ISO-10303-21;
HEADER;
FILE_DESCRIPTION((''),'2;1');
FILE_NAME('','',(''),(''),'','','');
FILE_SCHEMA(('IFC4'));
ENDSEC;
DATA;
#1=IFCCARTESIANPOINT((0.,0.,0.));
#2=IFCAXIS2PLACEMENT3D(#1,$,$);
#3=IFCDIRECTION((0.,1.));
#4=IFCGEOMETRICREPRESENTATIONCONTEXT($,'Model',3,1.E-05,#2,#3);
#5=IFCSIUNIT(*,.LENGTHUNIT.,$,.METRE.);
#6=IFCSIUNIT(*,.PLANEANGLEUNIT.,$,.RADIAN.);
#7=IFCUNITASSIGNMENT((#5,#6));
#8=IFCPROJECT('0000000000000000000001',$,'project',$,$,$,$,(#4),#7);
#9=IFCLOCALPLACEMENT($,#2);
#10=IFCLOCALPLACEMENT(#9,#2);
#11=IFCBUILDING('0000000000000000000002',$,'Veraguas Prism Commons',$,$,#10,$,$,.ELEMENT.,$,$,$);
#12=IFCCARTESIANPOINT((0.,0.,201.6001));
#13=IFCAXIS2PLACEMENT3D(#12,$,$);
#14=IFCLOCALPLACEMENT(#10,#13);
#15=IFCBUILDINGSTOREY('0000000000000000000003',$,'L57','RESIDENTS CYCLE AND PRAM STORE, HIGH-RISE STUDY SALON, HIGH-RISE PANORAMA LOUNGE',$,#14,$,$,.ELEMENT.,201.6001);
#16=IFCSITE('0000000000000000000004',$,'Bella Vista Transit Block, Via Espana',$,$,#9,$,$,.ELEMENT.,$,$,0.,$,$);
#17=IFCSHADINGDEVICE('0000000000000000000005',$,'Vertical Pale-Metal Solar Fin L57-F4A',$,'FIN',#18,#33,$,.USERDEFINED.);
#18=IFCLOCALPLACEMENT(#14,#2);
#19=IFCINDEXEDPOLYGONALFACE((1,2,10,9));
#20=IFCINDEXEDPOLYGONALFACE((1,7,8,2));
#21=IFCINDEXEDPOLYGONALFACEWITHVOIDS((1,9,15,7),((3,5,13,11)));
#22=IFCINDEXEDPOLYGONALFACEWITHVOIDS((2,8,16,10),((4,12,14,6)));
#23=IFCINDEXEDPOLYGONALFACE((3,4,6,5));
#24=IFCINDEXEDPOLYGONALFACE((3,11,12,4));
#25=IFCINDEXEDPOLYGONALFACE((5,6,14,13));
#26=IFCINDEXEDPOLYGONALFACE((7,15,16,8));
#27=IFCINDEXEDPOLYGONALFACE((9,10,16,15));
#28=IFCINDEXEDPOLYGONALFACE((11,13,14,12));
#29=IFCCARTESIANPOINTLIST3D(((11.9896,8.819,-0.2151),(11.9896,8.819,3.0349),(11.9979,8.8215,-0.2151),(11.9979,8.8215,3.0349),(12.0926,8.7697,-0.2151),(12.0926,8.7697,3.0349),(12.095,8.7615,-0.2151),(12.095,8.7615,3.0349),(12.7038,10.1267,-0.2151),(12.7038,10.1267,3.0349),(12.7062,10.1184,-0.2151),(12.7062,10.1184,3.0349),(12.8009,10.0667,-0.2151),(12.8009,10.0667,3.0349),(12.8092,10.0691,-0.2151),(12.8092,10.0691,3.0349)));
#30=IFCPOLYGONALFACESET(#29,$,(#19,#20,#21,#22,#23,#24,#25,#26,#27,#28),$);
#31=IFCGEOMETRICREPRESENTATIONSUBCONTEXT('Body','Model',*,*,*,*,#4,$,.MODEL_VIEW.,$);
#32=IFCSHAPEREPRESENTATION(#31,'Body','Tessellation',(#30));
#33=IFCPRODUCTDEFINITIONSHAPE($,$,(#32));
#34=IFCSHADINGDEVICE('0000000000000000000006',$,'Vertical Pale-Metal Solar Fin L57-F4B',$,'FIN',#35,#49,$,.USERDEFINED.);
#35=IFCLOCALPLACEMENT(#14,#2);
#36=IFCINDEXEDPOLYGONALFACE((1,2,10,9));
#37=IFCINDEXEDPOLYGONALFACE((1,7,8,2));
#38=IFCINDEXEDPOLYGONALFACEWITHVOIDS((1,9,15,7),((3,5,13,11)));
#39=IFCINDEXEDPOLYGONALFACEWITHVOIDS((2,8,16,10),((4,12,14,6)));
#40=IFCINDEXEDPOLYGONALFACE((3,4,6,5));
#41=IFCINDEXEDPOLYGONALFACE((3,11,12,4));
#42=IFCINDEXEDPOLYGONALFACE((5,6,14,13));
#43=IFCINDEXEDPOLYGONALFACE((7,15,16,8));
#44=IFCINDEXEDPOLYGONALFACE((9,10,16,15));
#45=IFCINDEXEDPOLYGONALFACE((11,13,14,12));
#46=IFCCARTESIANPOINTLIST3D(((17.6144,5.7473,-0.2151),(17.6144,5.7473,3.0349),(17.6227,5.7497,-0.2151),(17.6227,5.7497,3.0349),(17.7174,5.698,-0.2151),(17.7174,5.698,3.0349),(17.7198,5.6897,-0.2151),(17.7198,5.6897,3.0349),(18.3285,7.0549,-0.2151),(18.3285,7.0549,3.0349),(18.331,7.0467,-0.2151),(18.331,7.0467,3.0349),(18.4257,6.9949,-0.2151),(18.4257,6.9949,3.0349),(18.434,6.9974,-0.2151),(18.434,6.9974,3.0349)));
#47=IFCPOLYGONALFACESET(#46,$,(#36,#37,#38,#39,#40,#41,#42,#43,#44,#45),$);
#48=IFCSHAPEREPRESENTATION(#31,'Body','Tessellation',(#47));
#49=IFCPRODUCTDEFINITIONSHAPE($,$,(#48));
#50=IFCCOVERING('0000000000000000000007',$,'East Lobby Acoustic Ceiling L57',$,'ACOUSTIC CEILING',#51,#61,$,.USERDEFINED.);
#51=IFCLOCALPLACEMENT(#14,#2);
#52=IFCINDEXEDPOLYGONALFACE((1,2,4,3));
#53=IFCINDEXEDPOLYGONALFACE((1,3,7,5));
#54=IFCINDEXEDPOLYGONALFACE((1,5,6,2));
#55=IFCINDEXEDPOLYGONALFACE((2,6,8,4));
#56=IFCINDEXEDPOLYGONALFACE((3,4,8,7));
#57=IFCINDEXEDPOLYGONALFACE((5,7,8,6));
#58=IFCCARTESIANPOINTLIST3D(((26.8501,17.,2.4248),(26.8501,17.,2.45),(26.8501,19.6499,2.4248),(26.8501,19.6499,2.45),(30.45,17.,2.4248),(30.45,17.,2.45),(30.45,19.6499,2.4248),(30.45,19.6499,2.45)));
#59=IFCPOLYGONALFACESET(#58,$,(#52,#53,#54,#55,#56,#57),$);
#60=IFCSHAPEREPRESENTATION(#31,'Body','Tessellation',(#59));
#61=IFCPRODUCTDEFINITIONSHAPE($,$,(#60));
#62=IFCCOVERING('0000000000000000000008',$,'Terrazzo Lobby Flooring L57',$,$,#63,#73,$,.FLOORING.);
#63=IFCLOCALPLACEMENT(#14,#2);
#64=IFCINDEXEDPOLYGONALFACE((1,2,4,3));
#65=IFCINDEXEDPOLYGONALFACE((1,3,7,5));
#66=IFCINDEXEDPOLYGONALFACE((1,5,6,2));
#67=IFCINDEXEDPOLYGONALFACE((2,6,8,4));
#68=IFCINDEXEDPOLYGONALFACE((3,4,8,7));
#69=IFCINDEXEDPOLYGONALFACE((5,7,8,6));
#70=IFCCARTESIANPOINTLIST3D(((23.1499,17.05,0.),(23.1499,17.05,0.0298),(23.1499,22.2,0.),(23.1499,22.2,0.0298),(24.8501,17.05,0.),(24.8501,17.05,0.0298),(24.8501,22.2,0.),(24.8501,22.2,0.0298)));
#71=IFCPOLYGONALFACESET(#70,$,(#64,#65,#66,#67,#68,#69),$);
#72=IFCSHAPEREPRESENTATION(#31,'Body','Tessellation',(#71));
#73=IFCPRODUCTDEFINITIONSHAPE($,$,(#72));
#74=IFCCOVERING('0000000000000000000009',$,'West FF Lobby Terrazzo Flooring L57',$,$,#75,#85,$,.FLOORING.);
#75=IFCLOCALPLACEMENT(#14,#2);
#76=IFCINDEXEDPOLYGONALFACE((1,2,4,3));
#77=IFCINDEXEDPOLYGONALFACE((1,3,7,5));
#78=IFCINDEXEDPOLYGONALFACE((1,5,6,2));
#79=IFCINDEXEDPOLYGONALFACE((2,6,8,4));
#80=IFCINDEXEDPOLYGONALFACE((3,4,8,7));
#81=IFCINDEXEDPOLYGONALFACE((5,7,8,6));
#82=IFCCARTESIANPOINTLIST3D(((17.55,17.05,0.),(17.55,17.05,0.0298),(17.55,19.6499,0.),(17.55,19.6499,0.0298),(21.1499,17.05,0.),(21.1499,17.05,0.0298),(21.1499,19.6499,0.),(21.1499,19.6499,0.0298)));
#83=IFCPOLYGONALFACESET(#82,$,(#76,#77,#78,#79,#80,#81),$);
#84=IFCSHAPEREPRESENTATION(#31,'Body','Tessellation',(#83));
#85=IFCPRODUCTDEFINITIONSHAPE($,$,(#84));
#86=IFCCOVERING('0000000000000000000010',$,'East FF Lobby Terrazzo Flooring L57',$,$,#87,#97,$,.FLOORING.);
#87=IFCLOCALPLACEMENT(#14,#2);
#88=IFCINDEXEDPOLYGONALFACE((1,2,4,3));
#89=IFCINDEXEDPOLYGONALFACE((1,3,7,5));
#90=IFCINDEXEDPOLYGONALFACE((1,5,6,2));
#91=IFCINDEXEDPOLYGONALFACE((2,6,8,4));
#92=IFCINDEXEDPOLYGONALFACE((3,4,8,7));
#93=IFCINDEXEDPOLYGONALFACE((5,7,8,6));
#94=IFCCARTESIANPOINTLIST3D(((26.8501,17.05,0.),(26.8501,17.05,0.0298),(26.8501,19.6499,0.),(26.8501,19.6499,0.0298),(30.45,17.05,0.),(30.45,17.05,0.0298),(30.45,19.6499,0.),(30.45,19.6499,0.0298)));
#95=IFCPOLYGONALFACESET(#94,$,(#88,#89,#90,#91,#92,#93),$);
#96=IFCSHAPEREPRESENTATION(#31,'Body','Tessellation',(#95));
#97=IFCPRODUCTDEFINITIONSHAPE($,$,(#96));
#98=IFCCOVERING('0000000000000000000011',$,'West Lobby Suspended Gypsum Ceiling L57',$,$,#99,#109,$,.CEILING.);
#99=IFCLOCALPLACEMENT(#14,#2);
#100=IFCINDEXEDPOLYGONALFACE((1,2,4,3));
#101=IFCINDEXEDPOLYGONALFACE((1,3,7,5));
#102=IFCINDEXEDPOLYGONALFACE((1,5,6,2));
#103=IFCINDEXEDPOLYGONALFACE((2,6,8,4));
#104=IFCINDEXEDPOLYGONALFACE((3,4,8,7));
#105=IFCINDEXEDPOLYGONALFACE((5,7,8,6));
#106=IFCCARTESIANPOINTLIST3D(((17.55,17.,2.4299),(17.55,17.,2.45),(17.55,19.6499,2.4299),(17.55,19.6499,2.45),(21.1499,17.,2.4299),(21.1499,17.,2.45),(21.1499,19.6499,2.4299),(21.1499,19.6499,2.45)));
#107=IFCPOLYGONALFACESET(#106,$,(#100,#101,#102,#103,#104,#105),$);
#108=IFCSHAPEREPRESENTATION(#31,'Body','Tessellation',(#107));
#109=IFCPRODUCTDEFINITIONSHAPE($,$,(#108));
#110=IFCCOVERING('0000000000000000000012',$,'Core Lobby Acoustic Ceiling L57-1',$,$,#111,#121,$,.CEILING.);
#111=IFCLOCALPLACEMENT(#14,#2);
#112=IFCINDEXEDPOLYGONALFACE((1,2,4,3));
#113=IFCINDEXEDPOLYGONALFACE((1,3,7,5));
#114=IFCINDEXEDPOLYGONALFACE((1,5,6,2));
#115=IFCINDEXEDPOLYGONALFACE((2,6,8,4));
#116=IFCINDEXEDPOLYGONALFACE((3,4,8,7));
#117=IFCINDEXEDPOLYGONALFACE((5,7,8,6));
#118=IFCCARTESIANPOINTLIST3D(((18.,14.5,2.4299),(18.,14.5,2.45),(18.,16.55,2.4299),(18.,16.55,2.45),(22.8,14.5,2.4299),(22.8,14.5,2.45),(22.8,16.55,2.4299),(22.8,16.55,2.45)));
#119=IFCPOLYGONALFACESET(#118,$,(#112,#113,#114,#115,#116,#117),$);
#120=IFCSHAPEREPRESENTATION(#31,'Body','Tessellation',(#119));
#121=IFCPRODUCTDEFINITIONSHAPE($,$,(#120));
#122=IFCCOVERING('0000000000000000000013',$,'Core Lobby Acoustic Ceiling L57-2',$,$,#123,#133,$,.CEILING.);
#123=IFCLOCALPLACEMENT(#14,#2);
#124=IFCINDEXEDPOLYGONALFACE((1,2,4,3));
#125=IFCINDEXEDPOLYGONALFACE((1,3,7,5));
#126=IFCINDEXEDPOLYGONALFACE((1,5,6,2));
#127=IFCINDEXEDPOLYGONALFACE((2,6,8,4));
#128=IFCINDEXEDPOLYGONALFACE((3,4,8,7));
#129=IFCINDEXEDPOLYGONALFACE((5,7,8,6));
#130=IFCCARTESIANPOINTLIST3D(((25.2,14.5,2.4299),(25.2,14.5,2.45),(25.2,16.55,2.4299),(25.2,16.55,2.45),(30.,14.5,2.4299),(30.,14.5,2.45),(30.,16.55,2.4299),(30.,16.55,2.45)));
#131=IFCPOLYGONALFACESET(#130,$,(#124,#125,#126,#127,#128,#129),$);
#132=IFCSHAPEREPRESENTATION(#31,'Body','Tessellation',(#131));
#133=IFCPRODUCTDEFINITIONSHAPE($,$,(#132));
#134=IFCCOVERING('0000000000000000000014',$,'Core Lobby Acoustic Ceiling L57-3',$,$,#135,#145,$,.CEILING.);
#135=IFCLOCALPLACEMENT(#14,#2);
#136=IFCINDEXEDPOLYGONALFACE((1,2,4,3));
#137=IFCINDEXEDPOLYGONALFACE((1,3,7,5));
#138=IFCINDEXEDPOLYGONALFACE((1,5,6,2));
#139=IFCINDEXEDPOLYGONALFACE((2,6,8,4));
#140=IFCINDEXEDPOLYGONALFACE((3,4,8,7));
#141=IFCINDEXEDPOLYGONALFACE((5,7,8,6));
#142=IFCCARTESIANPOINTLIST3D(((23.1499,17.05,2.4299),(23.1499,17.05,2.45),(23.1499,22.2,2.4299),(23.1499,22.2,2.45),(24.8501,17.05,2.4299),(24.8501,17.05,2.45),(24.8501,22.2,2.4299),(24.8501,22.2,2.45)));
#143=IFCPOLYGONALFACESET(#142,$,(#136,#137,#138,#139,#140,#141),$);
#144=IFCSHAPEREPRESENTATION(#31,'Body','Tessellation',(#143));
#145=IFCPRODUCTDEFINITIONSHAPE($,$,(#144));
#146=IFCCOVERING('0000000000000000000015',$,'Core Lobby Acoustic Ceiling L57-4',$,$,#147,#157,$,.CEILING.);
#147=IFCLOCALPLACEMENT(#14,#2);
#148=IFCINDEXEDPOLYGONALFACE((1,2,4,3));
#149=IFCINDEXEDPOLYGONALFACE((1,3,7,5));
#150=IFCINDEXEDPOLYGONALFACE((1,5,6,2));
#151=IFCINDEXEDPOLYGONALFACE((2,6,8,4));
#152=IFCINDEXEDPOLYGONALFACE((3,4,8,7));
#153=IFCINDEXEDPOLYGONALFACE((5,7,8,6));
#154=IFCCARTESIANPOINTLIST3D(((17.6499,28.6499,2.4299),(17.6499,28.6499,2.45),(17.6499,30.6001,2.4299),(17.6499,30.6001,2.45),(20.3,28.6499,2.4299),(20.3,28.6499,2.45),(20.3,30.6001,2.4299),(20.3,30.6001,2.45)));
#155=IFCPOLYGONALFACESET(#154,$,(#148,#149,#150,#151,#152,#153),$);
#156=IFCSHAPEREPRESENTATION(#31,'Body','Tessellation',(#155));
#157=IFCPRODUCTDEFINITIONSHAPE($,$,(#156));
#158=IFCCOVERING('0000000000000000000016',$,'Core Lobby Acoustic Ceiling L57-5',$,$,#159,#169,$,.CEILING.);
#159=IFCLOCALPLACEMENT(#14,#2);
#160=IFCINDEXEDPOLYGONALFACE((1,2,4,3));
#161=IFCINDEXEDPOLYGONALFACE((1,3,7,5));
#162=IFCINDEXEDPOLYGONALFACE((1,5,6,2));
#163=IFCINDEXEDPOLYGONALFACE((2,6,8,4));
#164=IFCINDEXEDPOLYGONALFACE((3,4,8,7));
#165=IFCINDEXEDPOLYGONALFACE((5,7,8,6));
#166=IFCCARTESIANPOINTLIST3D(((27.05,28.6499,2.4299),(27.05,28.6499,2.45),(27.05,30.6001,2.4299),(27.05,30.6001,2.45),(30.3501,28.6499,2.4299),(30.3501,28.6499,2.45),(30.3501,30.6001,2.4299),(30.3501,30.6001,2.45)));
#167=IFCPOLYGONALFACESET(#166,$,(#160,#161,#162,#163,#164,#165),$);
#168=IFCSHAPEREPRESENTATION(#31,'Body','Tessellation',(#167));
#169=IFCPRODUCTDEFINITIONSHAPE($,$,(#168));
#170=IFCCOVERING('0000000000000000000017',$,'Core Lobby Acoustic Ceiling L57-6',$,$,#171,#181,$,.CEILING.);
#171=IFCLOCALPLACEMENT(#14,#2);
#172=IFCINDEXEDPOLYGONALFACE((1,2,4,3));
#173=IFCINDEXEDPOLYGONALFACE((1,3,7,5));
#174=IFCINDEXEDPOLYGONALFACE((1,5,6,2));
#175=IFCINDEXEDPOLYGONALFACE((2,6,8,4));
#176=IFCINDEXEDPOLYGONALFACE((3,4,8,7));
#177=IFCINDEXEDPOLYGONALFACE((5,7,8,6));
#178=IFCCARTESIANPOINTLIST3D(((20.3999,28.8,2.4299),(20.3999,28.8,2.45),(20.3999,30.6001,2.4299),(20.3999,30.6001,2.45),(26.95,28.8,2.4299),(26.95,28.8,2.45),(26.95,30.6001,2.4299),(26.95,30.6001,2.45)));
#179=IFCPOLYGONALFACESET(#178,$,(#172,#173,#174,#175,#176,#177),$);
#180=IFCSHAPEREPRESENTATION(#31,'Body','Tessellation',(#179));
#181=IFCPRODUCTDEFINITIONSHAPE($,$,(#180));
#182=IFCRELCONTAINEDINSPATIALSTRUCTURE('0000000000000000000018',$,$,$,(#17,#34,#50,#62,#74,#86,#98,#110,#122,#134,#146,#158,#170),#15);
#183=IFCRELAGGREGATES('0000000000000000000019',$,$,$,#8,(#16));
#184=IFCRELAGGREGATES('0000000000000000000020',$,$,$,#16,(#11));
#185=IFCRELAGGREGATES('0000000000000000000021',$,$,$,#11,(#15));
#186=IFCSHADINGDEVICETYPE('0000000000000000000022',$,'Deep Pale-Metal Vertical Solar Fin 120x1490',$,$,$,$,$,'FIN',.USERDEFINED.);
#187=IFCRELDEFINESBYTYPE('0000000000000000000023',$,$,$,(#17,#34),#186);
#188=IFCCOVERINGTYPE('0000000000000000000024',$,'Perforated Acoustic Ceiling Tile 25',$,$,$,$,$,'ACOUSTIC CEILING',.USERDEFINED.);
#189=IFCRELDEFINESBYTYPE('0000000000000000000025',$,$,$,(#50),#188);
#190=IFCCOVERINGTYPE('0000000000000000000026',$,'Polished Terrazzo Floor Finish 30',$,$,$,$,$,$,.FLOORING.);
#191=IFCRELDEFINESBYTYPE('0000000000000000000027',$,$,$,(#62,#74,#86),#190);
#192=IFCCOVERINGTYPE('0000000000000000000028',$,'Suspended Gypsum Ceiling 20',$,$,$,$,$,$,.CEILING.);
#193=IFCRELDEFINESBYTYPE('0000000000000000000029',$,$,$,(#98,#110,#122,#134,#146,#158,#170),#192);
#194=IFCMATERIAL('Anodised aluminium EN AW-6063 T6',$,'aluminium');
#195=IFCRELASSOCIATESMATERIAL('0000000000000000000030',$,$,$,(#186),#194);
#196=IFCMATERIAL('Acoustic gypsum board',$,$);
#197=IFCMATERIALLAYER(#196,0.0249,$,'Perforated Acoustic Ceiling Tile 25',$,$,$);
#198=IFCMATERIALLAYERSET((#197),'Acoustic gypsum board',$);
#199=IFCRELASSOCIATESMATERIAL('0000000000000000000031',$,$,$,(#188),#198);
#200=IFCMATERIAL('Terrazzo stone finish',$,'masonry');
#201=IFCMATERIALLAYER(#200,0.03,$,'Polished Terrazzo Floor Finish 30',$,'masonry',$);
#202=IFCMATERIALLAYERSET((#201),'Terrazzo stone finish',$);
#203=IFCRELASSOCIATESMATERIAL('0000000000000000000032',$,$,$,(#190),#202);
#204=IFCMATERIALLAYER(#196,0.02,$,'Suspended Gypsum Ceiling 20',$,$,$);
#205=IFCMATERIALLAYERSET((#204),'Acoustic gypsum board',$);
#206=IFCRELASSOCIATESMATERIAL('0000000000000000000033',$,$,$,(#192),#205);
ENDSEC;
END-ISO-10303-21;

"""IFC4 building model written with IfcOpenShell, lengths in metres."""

from ifc_helpers import new_model, si_unit, direction, frame, origin, origin_2d, place, context, subcontext, project, spatial, polyline, hollow_rectangle, outline, extrude, material, layer, layer_set, material_profile, profile_set, type_object, element, save


model = new_model("IFC4")

# Units and contexts
model_context = context("Model", 3, precision=1e-05, world=origin(), true_north=direction((0.0, 1.0)))
body_context = subcontext(model_context, "Body", "Model", "MODEL_VIEW")
ifc_project = project(units=[si_unit("LENGTHUNIT", "METRE"), si_unit("PLANEANGLEUNIT", "RADIAN")], contexts=[model_context])

# Site, building, storey
site_placement = place(None, origin())
site = spatial("IfcSite", under=ifc_project, at=site_placement, Name="Bella Vista Transit Block, Via Espana", CompositionType="ELEMENT", RefElevation=0.0)
building_placement = place(site_placement, origin())
building = spatial("IfcBuilding", under=site, at=building_placement, Name="Veraguas Prism Commons", CompositionType="ELEMENT")
storey_placement = place(building_placement, frame((0.0, 0.0, 201.6001)))
storey = spatial("IfcBuildingStorey", under=building, at=storey_placement, Name="L57", Description="RESIDENTS CYCLE AND PRAM STORE, HIGH-RISE STUDY SALON, HIGH-RISE PANORAMA LOUNGE", CompositionType="ELEMENT", Elevation=201.6001)

# Shared definitions
ifc_material_1 = material(Name="Anodised aluminium EN AW-6063 T6", Category="aluminium")

# Shading devices
ifc_material_profile_1 = material_profile(ifc_material_1, hollow_rectangle(XDim=0.1201, YDim=1.49, WallThickness=0.0061, at=origin_2d()), Name="FIN120X1490X6")
ifc_profile_set_1 = profile_set([ifc_material_profile_1], Name="Anodised aluminium EN AW-6063 T6")
shading_device_type = type_object("IfcShadingDeviceType", Name="Deep Pale-Metal Vertical Solar Fin 120x1490", ElementType="FIN", PredefinedType="USERDEFINED", material=ifc_profile_set_1)
for number, where, z_axis, x_axis, name in (
    (1, (12.3994, 9.4441, -0.2151), (0.0, 0.0, 1.0), (0.877646, -0.479309, 0.0), "Vertical Pale-Metal Solar Fin L57-F4A"),
    (2, (18.0242, 6.3723, -0.2151), (0.0, 0.0, 1.0), (0.877646, -0.479309, 0.0), "Vertical Pale-Metal Solar Fin L57-F4B"),
):
    element("IfcShadingDevice", number, at=place(storey_placement, frame(where, z_axis=z_axis, x_axis=x_axis)), inside=storey, type_object=shading_device_type, Name=name, ObjectType="FIN", PredefinedType="USERDEFINED", context=body_context, shape_type="SweptSolid", body=[
        extrude(hollow_rectangle(XDim=0.1201, YDim=1.49, WallThickness=0.0061, at=origin_2d()), origin(), (0.0, 0.0, 1.0), 3.25),
    ])

# Coverings
ifc_material_2 = material(Name="Acoustic gypsum board")
ifc_layer_1 = layer(ifc_material_2, 0.0249, Name="Perforated Acoustic Ceiling Tile 25")
ifc_layer_set_1 = layer_set([ifc_layer_1], Name="Acoustic gypsum board")
covering_type_1 = type_object("IfcCoveringType", Name="Perforated Acoustic Ceiling Tile 25", ElementType="ACOUSTIC CEILING", PredefinedType="USERDEFINED", material=ifc_layer_set_1)
covering_1_placement = place(storey_placement, frame((0.0, 0.0, 2.4248)))
element("IfcCovering", 3, at=covering_1_placement, inside=storey, type_object=covering_type_1, Name="East Lobby Acoustic Ceiling L57", ObjectType="ACOUSTIC CEILING", PredefinedType="USERDEFINED", context=body_context, shape_type="SweptSolid", body=[
    extrude(outline(polyline([(26.8501, 17.0), (30.45, 17.0), (30.45, 19.6499), (26.8501, 19.6499), (26.8501, 17.0)])), origin(), (0.0, 0.0, 1.0), 0.0251),
])
ifc_material_3 = material(Name="Terrazzo stone finish", Category="masonry")
ifc_layer_2 = layer(ifc_material_3, 0.03, Name="Polished Terrazzo Floor Finish 30", Category="masonry")
ifc_layer_set_2 = layer_set([ifc_layer_2], Name="Terrazzo stone finish")
covering_type_2 = type_object("IfcCoveringType", Name="Polished Terrazzo Floor Finish 30", PredefinedType="FLOORING", material=ifc_layer_set_2)
covering_2_placement = place(storey_placement, origin())
element("IfcCovering", 4, at=covering_2_placement, inside=storey, type_object=covering_type_2, Name="Terrazzo Lobby Flooring L57", PredefinedType="FLOORING", context=body_context, shape_type="SweptSolid", body=[
    extrude(outline(polyline([(23.1499, 17.05), (24.8501, 17.05), (24.8501, 22.2), (23.1499, 22.2), (23.1499, 17.05)])), origin(), (0.0, 0.0, 1.0), 0.0298),
])
covering_3_placement = place(storey_placement, origin())
element("IfcCovering", 5, at=covering_3_placement, inside=storey, type_object=covering_type_2, Name="West FF Lobby Terrazzo Flooring L57", PredefinedType="FLOORING", context=body_context, shape_type="SweptSolid", body=[
    extrude(outline(polyline([(17.55, 17.05), (21.1499, 17.05), (21.1499, 19.6499), (17.55, 19.6499), (17.55, 17.05)])), origin(), (0.0, 0.0, 1.0), 0.0298),
])
covering_4_placement = place(storey_placement, origin())
element("IfcCovering", 6, at=covering_4_placement, inside=storey, type_object=covering_type_2, Name="East FF Lobby Terrazzo Flooring L57", PredefinedType="FLOORING", context=body_context, shape_type="SweptSolid", body=[
    extrude(outline(polyline([(26.8501, 17.05), (30.45, 17.05), (30.45, 19.6499), (26.8501, 19.6499), (26.8501, 17.05)])), origin(), (0.0, 0.0, 1.0), 0.0298),
])
ifc_layer_3 = layer(ifc_material_2, 0.02, Name="Suspended Gypsum Ceiling 20")
ifc_layer_set_3 = layer_set([ifc_layer_3], Name="Acoustic gypsum board")
covering_type_3 = type_object("IfcCoveringType", Name="Suspended Gypsum Ceiling 20", PredefinedType="CEILING", material=ifc_layer_set_3)
covering_5_placement = place(storey_placement, frame((0.0, 0.0, 2.4299)))
element("IfcCovering", 7, at=covering_5_placement, inside=storey, type_object=covering_type_3, Name="West Lobby Suspended Gypsum Ceiling L57", PredefinedType="CEILING", context=body_context, shape_type="SweptSolid", body=[
    extrude(outline(polyline([(17.55, 17.0), (21.1499, 17.0), (21.1499, 19.6499), (17.55, 19.6499), (17.55, 17.0)])), origin(), (0.0, 0.0, 1.0), 0.02),
])
covering_6_placement = place(storey_placement, frame((0.0, 0.0, 2.4299)))
element("IfcCovering", 8, at=covering_6_placement, inside=storey, type_object=covering_type_3, Name="Core Lobby Acoustic Ceiling L57-1", PredefinedType="CEILING", context=body_context, shape_type="SweptSolid", body=[
    extrude(outline(polyline([(18.0, 14.5), (22.8, 14.5), (22.8, 16.55), (18.0, 16.55), (18.0, 14.5)])), origin(), (0.0, 0.0, 1.0), 0.02),
])
covering_7_placement = place(storey_placement, frame((0.0, 0.0, 2.4299)))
element("IfcCovering", 9, at=covering_7_placement, inside=storey, type_object=covering_type_3, Name="Core Lobby Acoustic Ceiling L57-2", PredefinedType="CEILING", context=body_context, shape_type="SweptSolid", body=[
    extrude(outline(polyline([(25.2, 14.5), (30.0, 14.5), (30.0, 16.55), (25.2, 16.55), (25.2, 14.5)])), origin(), (0.0, 0.0, 1.0), 0.02),
])
covering_8_placement = place(storey_placement, frame((0.0, 0.0, 2.4299)))
element("IfcCovering", 10, at=covering_8_placement, inside=storey, type_object=covering_type_3, Name="Core Lobby Acoustic Ceiling L57-3", PredefinedType="CEILING", context=body_context, shape_type="SweptSolid", body=[
    extrude(outline(polyline([(23.1499, 17.05), (24.8501, 17.05), (24.8501, 22.2), (23.1499, 22.2), (23.1499, 17.05)])), origin(), (0.0, 0.0, 1.0), 0.02),
])
covering_9_placement = place(storey_placement, frame((0.0, 0.0, 2.4299)))
element("IfcCovering", 11, at=covering_9_placement, inside=storey, type_object=covering_type_3, Name="Core Lobby Acoustic Ceiling L57-4", PredefinedType="CEILING", context=body_context, shape_type="SweptSolid", body=[
    extrude(outline(polyline([(17.6499, 28.6499), (20.3, 28.6499), (20.3, 30.6001), (17.6499, 30.6001), (17.6499, 28.6499)])), origin(), (0.0, 0.0, 1.0), 0.02),
])
covering_10_placement = place(storey_placement, frame((0.0, 0.0, 2.4299)))
element("IfcCovering", 12, at=covering_10_placement, inside=storey, type_object=covering_type_3, Name="Core Lobby Acoustic Ceiling L57-5", PredefinedType="CEILING", context=body_context, shape_type="SweptSolid", body=[
    extrude(outline(polyline([(27.05, 28.6499), (30.3501, 28.6499), (30.3501, 30.6001), (27.05, 30.6001), (27.05, 28.6499)])), origin(), (0.0, 0.0, 1.0), 0.02),
])
covering_11_placement = place(storey_placement, frame((0.0, 0.0, 2.4299)))
element("IfcCovering", 13, at=covering_11_placement, inside=storey, type_object=covering_type_3, Name="Core Lobby Acoustic Ceiling L57-6", PredefinedType="CEILING", context=body_context, shape_type="SweptSolid", body=[
    extrude(outline(polyline([(20.3999, 28.8), (26.95, 28.8), (26.95, 30.6001), (20.3999, 30.6001), (20.3999, 28.8)])), origin(), (0.0, 0.0, 1.0), 0.02),
])

save(model, "model.ifc")
